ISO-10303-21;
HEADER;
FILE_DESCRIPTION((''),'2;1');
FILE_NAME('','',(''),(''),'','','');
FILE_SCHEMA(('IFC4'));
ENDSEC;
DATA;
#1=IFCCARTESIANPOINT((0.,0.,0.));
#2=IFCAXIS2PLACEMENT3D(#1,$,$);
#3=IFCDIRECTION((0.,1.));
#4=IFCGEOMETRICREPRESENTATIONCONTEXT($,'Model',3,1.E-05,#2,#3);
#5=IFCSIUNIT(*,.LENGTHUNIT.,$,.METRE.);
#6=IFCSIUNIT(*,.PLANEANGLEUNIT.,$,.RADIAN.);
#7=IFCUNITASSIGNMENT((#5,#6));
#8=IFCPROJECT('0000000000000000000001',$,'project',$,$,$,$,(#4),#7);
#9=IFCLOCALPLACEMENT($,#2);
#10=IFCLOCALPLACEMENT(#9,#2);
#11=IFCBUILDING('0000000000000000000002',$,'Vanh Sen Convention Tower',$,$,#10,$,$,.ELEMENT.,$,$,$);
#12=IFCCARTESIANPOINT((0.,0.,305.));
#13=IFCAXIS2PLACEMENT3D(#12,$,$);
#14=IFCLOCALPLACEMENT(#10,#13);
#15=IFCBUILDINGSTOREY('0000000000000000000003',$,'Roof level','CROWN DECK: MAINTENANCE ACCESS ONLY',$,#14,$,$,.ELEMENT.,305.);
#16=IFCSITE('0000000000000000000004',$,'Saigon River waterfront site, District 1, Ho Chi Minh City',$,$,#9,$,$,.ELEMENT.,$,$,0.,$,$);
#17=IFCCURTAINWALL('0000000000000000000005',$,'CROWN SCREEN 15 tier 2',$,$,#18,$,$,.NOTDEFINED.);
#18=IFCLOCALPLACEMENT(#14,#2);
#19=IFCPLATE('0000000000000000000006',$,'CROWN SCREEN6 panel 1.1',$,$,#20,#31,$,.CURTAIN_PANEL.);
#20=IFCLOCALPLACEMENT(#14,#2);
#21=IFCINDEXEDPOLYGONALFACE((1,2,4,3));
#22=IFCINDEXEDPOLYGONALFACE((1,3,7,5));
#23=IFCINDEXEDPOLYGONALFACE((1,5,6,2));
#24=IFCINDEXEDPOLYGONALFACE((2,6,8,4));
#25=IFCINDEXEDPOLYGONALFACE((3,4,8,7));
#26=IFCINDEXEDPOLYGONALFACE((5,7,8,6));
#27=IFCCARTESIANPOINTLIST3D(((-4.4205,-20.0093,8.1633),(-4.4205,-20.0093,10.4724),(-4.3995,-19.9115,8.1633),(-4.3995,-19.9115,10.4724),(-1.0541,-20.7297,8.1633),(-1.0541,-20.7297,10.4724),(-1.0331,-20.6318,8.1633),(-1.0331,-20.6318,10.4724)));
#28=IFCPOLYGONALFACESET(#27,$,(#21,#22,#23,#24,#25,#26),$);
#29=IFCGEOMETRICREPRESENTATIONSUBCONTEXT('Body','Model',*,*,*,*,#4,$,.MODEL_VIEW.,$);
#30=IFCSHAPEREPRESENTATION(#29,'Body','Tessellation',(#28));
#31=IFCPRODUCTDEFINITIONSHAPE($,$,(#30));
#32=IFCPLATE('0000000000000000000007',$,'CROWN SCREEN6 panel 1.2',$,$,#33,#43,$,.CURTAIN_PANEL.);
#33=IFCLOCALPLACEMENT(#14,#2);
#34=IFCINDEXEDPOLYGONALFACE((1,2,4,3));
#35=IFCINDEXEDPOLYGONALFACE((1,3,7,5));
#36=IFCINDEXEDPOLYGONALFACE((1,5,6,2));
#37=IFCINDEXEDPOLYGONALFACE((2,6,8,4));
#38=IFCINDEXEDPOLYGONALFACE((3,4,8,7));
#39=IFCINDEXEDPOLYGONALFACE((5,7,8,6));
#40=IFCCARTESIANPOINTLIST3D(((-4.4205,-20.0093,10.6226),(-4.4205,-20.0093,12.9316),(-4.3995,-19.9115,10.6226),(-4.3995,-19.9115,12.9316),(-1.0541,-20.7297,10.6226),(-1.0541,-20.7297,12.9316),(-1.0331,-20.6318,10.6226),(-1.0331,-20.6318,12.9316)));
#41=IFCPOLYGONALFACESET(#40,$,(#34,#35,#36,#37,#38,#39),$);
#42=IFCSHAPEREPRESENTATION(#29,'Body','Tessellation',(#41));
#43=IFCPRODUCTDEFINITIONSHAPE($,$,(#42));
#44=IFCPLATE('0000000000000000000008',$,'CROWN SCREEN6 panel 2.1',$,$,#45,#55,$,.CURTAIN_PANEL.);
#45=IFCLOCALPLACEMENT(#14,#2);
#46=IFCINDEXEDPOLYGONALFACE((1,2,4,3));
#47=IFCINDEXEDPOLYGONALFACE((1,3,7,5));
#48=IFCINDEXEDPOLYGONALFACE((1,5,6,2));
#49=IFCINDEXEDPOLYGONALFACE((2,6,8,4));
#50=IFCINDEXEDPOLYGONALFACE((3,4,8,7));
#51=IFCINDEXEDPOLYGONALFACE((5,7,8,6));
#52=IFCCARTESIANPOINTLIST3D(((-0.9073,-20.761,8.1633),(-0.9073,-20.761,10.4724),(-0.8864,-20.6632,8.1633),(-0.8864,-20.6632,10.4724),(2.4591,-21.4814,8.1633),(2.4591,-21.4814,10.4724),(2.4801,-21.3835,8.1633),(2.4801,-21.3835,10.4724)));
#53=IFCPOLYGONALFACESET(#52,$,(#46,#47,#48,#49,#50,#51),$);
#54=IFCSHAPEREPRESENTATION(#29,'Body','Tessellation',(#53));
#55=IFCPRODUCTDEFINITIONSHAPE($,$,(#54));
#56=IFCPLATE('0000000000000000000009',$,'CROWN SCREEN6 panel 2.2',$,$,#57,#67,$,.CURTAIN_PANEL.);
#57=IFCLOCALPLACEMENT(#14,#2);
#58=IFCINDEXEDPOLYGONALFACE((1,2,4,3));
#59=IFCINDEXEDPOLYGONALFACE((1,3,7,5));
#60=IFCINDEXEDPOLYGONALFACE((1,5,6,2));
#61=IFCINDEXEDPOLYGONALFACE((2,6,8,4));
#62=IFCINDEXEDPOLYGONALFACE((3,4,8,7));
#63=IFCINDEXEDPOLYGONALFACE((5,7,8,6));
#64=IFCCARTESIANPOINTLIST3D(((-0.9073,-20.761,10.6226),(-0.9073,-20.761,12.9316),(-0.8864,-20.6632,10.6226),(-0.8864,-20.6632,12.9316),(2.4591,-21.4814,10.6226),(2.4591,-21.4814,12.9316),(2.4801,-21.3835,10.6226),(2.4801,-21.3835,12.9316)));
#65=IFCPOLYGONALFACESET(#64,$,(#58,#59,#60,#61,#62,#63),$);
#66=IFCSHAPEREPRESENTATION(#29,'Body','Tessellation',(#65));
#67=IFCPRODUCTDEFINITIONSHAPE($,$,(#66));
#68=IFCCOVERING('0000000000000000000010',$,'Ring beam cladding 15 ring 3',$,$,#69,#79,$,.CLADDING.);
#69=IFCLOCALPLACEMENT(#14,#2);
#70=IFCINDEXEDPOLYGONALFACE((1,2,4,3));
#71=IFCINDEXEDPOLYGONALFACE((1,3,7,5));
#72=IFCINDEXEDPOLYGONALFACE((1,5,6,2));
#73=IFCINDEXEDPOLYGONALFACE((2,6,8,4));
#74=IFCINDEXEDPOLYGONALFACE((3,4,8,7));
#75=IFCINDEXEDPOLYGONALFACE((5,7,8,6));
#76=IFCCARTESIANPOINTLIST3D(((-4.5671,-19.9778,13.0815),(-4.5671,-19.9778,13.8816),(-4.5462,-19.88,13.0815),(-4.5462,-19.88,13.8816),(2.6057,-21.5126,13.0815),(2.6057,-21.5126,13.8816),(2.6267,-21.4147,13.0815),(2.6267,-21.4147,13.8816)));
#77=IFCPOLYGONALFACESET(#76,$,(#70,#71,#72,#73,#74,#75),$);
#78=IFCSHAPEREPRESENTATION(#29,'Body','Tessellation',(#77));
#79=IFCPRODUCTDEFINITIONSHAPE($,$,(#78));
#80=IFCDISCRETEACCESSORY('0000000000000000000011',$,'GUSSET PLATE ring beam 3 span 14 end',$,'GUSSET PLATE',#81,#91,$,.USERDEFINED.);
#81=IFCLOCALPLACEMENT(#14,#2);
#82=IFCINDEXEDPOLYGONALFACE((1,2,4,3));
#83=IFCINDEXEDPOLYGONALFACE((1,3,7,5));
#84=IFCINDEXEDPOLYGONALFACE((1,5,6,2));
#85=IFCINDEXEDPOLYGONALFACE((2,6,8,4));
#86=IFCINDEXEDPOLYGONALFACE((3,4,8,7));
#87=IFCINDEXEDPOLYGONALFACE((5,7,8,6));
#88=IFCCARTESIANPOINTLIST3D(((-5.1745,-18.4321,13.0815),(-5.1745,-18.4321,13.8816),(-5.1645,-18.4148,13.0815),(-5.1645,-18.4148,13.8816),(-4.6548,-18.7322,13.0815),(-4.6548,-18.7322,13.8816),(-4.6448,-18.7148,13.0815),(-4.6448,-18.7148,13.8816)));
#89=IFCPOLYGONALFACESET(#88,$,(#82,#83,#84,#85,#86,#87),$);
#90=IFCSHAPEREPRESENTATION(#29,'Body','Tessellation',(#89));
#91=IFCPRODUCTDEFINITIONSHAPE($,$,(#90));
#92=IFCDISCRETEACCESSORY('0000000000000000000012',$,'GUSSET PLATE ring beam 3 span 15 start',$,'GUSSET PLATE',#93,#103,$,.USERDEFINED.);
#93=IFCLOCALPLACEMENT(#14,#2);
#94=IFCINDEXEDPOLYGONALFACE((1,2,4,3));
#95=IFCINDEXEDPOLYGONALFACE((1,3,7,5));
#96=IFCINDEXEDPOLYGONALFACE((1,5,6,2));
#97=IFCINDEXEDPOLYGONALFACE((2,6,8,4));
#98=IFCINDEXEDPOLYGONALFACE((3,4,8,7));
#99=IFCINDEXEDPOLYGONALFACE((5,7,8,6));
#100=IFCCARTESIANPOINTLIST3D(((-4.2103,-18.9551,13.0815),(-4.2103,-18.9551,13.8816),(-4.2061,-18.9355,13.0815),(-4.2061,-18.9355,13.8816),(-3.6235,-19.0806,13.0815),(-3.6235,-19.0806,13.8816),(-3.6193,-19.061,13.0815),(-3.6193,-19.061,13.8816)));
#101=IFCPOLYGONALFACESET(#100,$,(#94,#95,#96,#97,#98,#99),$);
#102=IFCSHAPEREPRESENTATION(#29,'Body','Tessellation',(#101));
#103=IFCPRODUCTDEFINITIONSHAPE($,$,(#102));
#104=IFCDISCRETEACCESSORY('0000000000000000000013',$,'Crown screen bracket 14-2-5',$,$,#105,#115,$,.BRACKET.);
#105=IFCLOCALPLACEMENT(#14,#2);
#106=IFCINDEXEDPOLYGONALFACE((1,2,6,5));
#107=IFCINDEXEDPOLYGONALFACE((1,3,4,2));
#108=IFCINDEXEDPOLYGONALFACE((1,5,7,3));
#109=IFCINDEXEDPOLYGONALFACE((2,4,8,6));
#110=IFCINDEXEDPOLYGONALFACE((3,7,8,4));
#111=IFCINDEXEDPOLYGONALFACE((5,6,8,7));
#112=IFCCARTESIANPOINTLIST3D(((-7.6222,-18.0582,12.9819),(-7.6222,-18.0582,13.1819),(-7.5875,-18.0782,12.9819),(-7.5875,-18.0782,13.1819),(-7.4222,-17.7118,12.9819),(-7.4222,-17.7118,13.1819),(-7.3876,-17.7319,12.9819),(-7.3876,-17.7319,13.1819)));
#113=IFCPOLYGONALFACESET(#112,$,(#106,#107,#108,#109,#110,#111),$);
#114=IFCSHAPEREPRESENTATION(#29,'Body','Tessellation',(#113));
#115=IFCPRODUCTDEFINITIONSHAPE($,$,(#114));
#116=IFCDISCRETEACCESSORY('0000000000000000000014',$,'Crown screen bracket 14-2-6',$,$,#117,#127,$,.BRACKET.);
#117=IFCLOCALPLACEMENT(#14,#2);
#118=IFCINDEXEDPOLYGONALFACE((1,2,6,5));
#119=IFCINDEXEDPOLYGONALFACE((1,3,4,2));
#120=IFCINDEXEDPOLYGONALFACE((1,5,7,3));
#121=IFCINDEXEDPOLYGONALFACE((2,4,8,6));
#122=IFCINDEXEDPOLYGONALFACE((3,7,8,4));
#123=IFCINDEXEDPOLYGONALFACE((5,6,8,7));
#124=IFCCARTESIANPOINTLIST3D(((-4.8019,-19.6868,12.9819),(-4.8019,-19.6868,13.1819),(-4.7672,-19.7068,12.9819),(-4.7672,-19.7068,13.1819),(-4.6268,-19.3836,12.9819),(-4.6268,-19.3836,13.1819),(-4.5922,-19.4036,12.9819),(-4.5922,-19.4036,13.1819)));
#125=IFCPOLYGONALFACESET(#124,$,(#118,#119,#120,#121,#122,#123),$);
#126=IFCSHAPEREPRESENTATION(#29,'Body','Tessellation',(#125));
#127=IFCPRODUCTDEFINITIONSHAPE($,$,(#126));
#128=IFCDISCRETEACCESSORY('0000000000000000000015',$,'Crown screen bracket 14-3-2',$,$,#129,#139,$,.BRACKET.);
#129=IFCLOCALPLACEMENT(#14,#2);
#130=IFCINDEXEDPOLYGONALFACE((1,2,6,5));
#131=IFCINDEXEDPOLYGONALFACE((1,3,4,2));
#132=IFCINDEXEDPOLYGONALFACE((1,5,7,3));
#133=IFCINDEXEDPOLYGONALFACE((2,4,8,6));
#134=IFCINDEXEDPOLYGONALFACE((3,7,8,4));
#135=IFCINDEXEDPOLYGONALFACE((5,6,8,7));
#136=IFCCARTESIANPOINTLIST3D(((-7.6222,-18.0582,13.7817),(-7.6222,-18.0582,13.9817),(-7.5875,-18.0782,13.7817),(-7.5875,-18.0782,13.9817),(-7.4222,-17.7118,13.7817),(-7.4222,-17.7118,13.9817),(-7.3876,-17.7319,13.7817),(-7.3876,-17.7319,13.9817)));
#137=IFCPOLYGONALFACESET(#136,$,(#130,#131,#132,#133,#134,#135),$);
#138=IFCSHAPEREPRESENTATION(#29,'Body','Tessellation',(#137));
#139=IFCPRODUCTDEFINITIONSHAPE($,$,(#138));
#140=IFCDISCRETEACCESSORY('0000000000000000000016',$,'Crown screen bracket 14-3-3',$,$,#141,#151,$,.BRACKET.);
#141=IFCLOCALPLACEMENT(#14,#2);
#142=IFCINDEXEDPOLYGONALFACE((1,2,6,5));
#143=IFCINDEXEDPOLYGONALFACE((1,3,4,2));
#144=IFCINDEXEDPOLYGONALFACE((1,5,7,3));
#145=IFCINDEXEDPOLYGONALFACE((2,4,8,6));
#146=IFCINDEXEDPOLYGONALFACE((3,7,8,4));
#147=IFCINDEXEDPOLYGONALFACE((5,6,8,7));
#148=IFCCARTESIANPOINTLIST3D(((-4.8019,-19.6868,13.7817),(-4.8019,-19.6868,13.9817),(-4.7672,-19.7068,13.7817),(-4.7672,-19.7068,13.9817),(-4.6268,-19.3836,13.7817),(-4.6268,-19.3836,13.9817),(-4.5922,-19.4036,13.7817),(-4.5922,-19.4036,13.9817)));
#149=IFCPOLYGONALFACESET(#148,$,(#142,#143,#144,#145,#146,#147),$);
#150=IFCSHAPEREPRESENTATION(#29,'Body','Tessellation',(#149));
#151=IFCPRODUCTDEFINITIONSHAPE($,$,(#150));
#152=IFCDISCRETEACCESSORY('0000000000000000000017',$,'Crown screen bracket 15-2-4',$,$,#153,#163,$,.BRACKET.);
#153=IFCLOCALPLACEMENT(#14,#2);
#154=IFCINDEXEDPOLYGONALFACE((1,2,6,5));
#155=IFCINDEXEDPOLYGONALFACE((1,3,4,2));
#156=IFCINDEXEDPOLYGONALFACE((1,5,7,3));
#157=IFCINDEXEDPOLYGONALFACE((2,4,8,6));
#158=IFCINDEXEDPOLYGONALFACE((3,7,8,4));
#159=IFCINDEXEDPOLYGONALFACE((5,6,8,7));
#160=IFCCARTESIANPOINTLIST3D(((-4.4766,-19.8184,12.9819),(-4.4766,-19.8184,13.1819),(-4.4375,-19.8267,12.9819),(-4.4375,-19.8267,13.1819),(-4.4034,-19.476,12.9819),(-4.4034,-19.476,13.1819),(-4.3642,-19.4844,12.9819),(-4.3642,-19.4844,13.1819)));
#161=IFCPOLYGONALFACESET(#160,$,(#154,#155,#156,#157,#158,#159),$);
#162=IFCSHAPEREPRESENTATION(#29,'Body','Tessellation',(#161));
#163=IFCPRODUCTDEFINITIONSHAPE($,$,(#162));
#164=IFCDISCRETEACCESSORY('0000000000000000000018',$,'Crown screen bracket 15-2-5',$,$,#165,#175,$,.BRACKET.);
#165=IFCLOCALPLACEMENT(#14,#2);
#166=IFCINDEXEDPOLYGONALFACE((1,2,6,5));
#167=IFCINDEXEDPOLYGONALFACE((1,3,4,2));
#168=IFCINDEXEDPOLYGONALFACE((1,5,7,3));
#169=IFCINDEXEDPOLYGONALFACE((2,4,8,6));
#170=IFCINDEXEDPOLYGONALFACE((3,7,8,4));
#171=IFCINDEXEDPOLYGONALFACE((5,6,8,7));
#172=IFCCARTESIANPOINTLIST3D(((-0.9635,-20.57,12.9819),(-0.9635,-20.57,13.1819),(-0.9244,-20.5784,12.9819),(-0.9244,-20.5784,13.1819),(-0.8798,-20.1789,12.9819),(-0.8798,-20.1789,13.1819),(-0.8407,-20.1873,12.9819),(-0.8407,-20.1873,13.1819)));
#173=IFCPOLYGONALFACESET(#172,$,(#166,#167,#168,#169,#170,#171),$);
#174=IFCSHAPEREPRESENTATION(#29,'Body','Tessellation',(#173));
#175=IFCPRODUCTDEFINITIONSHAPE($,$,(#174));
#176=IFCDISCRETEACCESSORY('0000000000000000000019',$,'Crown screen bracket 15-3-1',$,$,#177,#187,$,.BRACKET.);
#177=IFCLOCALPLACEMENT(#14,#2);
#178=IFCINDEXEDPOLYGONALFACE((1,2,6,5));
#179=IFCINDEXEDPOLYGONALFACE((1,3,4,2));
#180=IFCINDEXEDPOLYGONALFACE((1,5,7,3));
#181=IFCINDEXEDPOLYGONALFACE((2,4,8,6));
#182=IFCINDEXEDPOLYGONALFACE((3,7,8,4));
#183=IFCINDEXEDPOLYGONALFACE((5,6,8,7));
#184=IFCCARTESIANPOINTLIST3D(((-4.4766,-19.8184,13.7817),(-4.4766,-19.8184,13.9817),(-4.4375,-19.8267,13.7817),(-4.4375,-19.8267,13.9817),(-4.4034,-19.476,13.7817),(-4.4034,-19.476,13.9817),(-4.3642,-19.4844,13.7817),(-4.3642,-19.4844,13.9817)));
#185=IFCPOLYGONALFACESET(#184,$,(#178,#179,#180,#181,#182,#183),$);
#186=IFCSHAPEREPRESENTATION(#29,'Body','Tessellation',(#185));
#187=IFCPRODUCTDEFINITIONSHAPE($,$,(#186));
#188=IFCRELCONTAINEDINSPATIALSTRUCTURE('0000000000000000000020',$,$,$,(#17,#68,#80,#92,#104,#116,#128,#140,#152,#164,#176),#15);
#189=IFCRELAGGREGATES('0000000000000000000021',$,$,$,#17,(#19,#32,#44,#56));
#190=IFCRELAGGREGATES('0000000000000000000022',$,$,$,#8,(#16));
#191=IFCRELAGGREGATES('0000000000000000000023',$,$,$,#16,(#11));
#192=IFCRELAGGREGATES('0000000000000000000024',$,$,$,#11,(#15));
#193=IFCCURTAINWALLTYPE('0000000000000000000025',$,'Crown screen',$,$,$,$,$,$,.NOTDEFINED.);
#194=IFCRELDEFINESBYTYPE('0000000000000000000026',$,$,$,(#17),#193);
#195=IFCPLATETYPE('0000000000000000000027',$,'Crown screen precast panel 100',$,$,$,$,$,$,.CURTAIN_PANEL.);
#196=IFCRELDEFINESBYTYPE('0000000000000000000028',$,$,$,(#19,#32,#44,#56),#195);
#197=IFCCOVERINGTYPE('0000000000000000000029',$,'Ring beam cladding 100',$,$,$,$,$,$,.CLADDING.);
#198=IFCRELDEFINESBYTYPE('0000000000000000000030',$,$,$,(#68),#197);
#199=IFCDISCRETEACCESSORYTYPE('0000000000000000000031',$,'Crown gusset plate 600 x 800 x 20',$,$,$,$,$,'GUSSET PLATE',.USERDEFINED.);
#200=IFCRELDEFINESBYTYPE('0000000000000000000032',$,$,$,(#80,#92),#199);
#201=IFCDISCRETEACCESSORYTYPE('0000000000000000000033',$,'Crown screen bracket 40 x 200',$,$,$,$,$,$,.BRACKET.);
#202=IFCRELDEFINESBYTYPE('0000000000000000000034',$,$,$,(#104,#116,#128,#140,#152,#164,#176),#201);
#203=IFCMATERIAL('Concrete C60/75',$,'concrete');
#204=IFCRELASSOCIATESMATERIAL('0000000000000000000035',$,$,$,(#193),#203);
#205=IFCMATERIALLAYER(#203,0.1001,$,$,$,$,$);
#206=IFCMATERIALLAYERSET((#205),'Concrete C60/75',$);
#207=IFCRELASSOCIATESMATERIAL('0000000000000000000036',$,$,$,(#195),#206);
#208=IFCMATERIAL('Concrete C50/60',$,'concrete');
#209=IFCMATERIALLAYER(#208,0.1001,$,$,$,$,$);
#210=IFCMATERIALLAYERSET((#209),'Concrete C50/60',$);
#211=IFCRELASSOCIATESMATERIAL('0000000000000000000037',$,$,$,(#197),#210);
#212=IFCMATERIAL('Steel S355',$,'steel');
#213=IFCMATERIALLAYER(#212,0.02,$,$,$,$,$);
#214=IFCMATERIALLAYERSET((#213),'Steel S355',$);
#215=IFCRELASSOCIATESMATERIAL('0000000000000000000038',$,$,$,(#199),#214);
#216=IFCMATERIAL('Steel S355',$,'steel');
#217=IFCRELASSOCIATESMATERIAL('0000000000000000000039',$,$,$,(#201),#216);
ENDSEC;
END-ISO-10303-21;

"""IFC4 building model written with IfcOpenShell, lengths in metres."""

from ifc_helpers import new_model, si_unit, direction, frame, origin, origin_2d, place, context, subcontext, project, spatial, rectangle, extrude, material, layer, layer_set, type_object, element, aggregate, save


model = new_model("IFC4")

# Units and contexts
model_context = context("Model", 3, precision=1e-05, world=origin(), true_north=direction((0.0, 1.0)))
body_context = subcontext(model_context, "Body", "Model", "MODEL_VIEW")
ifc_project = project(units=[si_unit("LENGTHUNIT", "METRE"), si_unit("PLANEANGLEUNIT", "RADIAN")], contexts=[model_context])

# Site, building, storey
site_placement = place(None, origin())
site = spatial("IfcSite", under=ifc_project, at=site_placement, Name="Saigon River waterfront site, District 1, Ho Chi Minh City", CompositionType="ELEMENT", RefElevation=0.0)
building_placement = place(site_placement, origin())
building = spatial("IfcBuilding", under=site, at=building_placement, Name="Vanh Sen Convention Tower", CompositionType="ELEMENT")
storey_placement = place(building_placement, frame((0.0, 0.0, 305.0)))
storey = spatial("IfcBuildingStorey", under=building, at=storey_placement, Name="Roof level", Description="CROWN DECK: MAINTENANCE ACCESS ONLY", CompositionType="ELEMENT", Elevation=305.0)

# Shared definitions
ifc_material_1 = material(Name="Concrete C60/75", Category="concrete")
curtain_wall_type = type_object("IfcCurtainWallType", Name="Crown screen", PredefinedType="NOTDEFINED", material=ifc_material_1)

# Curtain wall
curtain_wall_1_placement = place(storey_placement, origin())
curtain_wall_1 = element("IfcCurtainWall", 1, at=curtain_wall_1_placement, inside=storey, type_object=curtain_wall_type, Name="CROWN SCREEN 15 tier 2", PredefinedType="NOTDEFINED")

# Shared definitions
ifc_layer_1 = layer(ifc_material_1, 0.1001)
ifc_layer_set_1 = layer_set([ifc_layer_1], Name="Concrete C60/75")
plate_type = type_object("IfcPlateType", Name="Crown screen precast panel 100", PredefinedType="CURTAIN_PANEL", material=ifc_layer_set_1)

# Plates
plate_1_placement = place(storey_placement, frame((-2.7268, -20.3206, 8.1633), z_axis=(0.0, 0.0, 1.0), x_axis=(0.977865, -0.209236, 0.0)))
plate_1 = element("IfcPlate", 2, at=plate_1_placement, type_object=plate_type, Name="CROWN SCREEN6 panel 1.1", PredefinedType="CURTAIN_PANEL", context=body_context, shape_type="SweptSolid", body=[
    extrude(rectangle(XDim=3.4426, YDim=0.1001, at=origin_2d()), origin(), (0.0, 0.0, 1.0), 2.3091),
])
plate_2_placement = place(storey_placement, frame((-2.7268, -20.3206, 10.6226), z_axis=(0.0, 0.0, 1.0), x_axis=(0.977865, -0.209236, 0.0)))
plate_2 = element("IfcPlate", 3, at=plate_2_placement, type_object=plate_type, Name="CROWN SCREEN6 panel 1.2", PredefinedType="CURTAIN_PANEL", context=body_context, shape_type="SweptSolid", body=[
    extrude(rectangle(XDim=3.4426, YDim=0.1001, at=origin_2d()), origin(), (0.0, 0.0, 1.0), 2.3091),
])
plate_3_placement = place(storey_placement, frame((0.7864, -21.0723, 8.1633), z_axis=(0.0, 0.0, 1.0), x_axis=(0.977865, -0.209236, 0.0)))
plate_3 = element("IfcPlate", 4, at=plate_3_placement, type_object=plate_type, Name="CROWN SCREEN6 panel 2.1", PredefinedType="CURTAIN_PANEL", context=body_context, shape_type="SweptSolid", body=[
    extrude(rectangle(XDim=3.4426, YDim=0.1001, at=origin_2d()), origin(), (0.0, 0.0, 1.0), 2.3091),
])
plate_4_placement = place(storey_placement, frame((0.7864, -21.0723, 10.6226), z_axis=(0.0, 0.0, 1.0), x_axis=(0.977865, -0.209236, 0.0)))
plate_4 = element("IfcPlate", 5, at=plate_4_placement, type_object=plate_type, Name="CROWN SCREEN6 panel 2.2", PredefinedType="CURTAIN_PANEL", context=body_context, shape_type="SweptSolid", body=[
    extrude(rectangle(XDim=3.4426, YDim=0.1001, at=origin_2d()), origin(), (0.0, 0.0, 1.0), 2.3091),
])
aggregate(curtain_wall_1, [plate_1, plate_2, plate_3, plate_4])

# Covering
ifc_material_2 = material(Name="Concrete C50/60", Category="concrete")
ifc_layer_2 = layer(ifc_material_2, 0.1001)
ifc_layer_set_2 = layer_set([ifc_layer_2], Name="Concrete C50/60")
covering_type = type_object("IfcCoveringType", Name="Ring beam cladding 100", PredefinedType="CLADDING", material=ifc_layer_set_2)
covering_placement = place(storey_placement, frame((-0.9702, -20.6963, 13.0815), z_axis=(0.0, 0.0, 1.0), x_axis=(0.977865, -0.209236, 0.0)))
element("IfcCovering", 6, at=covering_placement, inside=storey, type_object=covering_type, Name="Ring beam cladding 15 ring 3", PredefinedType="CLADDING", context=body_context, shape_type="SweptSolid", body=[
    extrude(rectangle(XDim=7.3352, YDim=0.1001, at=origin_2d()), origin(), (0.0, 0.0, 1.0), 0.8),
])

# Discrete accessories
ifc_material_3 = material(Name="Steel S355", Category="steel")
ifc_layer_3 = layer(ifc_material_3, 0.02)
ifc_layer_set_3 = layer_set([ifc_layer_3], Name="Steel S355")
discrete_accessory_type_1 = type_object("IfcDiscreteAccessoryType", Name="Crown gusset plate 600 x 800 x 20", ElementType="GUSSET PLATE", PredefinedType="USERDEFINED", material=ifc_layer_set_3)
for number, where, z_axis, x_axis, name in (
    (7, (-4.9097, -18.5735, 13.0815), (0.0, 0.0, 1.0), (-0.866029, 0.499994, 0.0), "GUSSET PLATE ring beam 3 span 14 end"),
    (8, (-3.9148, -19.0081, 13.0815), (0.0, 0.0, 1.0), (0.977865, -0.209236, 0.0), "GUSSET PLATE ring beam 3 span 15 start"),
):
    element("IfcDiscreteAccessory", number, at=place(storey_placement, frame(where, z_axis=z_axis, x_axis=x_axis)), inside=storey, type_object=discrete_accessory_type_1, Name=name, ObjectType="GUSSET PLATE", PredefinedType="USERDEFINED", context=body_context, shape_type="SweptSolid", body=[
        extrude(rectangle(XDim=0.6001, YDim=0.02, at=origin_2d()), origin(), (0.0, 0.0, 1.0), 0.8),
    ])
ifc_material_4 = material(Name="Steel S355", Category="steel")
discrete_accessory_type_2 = type_object("IfcDiscreteAccessoryType", Name="Crown screen bracket 40 x 200", PredefinedType="BRACKET", material=ifc_material_4)
discrete_accessory_1_placement = place(storey_placement, frame((-7.5049, -17.895, 12.9819), z_axis=(0.0, 0.0, 1.0), x_axis=(-0.499994, -0.866029, 0.0)))
element("IfcDiscreteAccessory", 9, at=discrete_accessory_1_placement, inside=storey, type_object=discrete_accessory_type_2, Name="Crown screen bracket 14-2-5", PredefinedType="BRACKET", context=body_context, shape_type="SweptSolid", body=[
    extrude(rectangle(XDim=0.3999, YDim=0.04, at=origin_2d()), origin(), (0.0, 0.0, 1.0), 0.2),
])
discrete_accessory_2_placement = place(storey_placement, frame((-4.697, -19.5452, 12.9819), z_axis=(0.0, 0.0, 1.0), x_axis=(-0.499994, -0.866029, 0.0)))
element("IfcDiscreteAccessory", 10, at=discrete_accessory_2_placement, inside=storey, type_object=discrete_accessory_type_2, Name="Crown screen bracket 14-2-6", PredefinedType="BRACKET", context=body_context, shape_type="SweptSolid", body=[
    extrude(rectangle(XDim=0.3501, YDim=0.04, at=origin_2d()), origin(), (0.0, 0.0, 1.0), 0.2),
])
discrete_accessory_3_placement = place(storey_placement, frame((-7.5049, -17.895, 13.7817), z_axis=(0.0, 0.0, 1.0), x_axis=(-0.499994, -0.866029, 0.0)))
element("IfcDiscreteAccessory", 11, at=discrete_accessory_3_placement, inside=storey, type_object=discrete_accessory_type_2, Name="Crown screen bracket 14-3-2", PredefinedType="BRACKET", context=body_context, shape_type="SweptSolid", body=[
    extrude(rectangle(XDim=0.3999, YDim=0.04, at=origin_2d()), origin(), (0.0, 0.0, 1.0), 0.2),
])
for number, where, z_axis, x_axis, name in (
    (12, (-4.697, -19.5452, 13.7817), (0.0, 0.0, 1.0), (-0.499994, -0.866029, 0.0), "Crown screen bracket 14-3-3"),
    (13, (-4.4204, -19.6514, 12.9819), (0.0, 0.0, 1.0), (-0.209236, -0.977865, 0.0), "Crown screen bracket 15-2-4"),
):
    element("IfcDiscreteAccessory", number, at=place(storey_placement, frame(where, z_axis=z_axis, x_axis=x_axis)), inside=storey, type_object=discrete_accessory_type_2, Name=name, PredefinedType="BRACKET", context=body_context, shape_type="SweptSolid", body=[
        extrude(rectangle(XDim=0.3501, YDim=0.04, at=origin_2d()), origin(), (0.0, 0.0, 1.0), 0.2),
    ])
discrete_accessory_4_placement = place(storey_placement, frame((-0.9021, -20.3787, 12.9819), z_axis=(0.0, 0.0, 1.0), x_axis=(-0.209236, -0.977865, 0.0)))
element("IfcDiscreteAccessory", 14, at=discrete_accessory_4_placement, inside=storey, type_object=discrete_accessory_type_2, Name="Crown screen bracket 15-2-5", PredefinedType="BRACKET", context=body_context, shape_type="SweptSolid", body=[
    extrude(rectangle(XDim=0.3999, YDim=0.04, at=origin_2d()), origin(), (0.0, 0.0, 1.0), 0.2),
])
discrete_accessory_5_placement = place(storey_placement, frame((-4.4204, -19.6514, 13.7817), z_axis=(0.0, 0.0, 1.0), x_axis=(-0.209236, -0.977865, 0.0)))
element("IfcDiscreteAccessory", 15, at=discrete_accessory_5_placement, inside=storey, type_object=discrete_accessory_type_2, Name="Crown screen bracket 15-3-1", PredefinedType="BRACKET", context=body_context, shape_type="SweptSolid", body=[
    extrude(rectangle(XDim=0.3501, YDim=0.04, at=origin_2d()), origin(), (0.0, 0.0, 1.0), 0.2),
])

save(model, "model.ifc")
